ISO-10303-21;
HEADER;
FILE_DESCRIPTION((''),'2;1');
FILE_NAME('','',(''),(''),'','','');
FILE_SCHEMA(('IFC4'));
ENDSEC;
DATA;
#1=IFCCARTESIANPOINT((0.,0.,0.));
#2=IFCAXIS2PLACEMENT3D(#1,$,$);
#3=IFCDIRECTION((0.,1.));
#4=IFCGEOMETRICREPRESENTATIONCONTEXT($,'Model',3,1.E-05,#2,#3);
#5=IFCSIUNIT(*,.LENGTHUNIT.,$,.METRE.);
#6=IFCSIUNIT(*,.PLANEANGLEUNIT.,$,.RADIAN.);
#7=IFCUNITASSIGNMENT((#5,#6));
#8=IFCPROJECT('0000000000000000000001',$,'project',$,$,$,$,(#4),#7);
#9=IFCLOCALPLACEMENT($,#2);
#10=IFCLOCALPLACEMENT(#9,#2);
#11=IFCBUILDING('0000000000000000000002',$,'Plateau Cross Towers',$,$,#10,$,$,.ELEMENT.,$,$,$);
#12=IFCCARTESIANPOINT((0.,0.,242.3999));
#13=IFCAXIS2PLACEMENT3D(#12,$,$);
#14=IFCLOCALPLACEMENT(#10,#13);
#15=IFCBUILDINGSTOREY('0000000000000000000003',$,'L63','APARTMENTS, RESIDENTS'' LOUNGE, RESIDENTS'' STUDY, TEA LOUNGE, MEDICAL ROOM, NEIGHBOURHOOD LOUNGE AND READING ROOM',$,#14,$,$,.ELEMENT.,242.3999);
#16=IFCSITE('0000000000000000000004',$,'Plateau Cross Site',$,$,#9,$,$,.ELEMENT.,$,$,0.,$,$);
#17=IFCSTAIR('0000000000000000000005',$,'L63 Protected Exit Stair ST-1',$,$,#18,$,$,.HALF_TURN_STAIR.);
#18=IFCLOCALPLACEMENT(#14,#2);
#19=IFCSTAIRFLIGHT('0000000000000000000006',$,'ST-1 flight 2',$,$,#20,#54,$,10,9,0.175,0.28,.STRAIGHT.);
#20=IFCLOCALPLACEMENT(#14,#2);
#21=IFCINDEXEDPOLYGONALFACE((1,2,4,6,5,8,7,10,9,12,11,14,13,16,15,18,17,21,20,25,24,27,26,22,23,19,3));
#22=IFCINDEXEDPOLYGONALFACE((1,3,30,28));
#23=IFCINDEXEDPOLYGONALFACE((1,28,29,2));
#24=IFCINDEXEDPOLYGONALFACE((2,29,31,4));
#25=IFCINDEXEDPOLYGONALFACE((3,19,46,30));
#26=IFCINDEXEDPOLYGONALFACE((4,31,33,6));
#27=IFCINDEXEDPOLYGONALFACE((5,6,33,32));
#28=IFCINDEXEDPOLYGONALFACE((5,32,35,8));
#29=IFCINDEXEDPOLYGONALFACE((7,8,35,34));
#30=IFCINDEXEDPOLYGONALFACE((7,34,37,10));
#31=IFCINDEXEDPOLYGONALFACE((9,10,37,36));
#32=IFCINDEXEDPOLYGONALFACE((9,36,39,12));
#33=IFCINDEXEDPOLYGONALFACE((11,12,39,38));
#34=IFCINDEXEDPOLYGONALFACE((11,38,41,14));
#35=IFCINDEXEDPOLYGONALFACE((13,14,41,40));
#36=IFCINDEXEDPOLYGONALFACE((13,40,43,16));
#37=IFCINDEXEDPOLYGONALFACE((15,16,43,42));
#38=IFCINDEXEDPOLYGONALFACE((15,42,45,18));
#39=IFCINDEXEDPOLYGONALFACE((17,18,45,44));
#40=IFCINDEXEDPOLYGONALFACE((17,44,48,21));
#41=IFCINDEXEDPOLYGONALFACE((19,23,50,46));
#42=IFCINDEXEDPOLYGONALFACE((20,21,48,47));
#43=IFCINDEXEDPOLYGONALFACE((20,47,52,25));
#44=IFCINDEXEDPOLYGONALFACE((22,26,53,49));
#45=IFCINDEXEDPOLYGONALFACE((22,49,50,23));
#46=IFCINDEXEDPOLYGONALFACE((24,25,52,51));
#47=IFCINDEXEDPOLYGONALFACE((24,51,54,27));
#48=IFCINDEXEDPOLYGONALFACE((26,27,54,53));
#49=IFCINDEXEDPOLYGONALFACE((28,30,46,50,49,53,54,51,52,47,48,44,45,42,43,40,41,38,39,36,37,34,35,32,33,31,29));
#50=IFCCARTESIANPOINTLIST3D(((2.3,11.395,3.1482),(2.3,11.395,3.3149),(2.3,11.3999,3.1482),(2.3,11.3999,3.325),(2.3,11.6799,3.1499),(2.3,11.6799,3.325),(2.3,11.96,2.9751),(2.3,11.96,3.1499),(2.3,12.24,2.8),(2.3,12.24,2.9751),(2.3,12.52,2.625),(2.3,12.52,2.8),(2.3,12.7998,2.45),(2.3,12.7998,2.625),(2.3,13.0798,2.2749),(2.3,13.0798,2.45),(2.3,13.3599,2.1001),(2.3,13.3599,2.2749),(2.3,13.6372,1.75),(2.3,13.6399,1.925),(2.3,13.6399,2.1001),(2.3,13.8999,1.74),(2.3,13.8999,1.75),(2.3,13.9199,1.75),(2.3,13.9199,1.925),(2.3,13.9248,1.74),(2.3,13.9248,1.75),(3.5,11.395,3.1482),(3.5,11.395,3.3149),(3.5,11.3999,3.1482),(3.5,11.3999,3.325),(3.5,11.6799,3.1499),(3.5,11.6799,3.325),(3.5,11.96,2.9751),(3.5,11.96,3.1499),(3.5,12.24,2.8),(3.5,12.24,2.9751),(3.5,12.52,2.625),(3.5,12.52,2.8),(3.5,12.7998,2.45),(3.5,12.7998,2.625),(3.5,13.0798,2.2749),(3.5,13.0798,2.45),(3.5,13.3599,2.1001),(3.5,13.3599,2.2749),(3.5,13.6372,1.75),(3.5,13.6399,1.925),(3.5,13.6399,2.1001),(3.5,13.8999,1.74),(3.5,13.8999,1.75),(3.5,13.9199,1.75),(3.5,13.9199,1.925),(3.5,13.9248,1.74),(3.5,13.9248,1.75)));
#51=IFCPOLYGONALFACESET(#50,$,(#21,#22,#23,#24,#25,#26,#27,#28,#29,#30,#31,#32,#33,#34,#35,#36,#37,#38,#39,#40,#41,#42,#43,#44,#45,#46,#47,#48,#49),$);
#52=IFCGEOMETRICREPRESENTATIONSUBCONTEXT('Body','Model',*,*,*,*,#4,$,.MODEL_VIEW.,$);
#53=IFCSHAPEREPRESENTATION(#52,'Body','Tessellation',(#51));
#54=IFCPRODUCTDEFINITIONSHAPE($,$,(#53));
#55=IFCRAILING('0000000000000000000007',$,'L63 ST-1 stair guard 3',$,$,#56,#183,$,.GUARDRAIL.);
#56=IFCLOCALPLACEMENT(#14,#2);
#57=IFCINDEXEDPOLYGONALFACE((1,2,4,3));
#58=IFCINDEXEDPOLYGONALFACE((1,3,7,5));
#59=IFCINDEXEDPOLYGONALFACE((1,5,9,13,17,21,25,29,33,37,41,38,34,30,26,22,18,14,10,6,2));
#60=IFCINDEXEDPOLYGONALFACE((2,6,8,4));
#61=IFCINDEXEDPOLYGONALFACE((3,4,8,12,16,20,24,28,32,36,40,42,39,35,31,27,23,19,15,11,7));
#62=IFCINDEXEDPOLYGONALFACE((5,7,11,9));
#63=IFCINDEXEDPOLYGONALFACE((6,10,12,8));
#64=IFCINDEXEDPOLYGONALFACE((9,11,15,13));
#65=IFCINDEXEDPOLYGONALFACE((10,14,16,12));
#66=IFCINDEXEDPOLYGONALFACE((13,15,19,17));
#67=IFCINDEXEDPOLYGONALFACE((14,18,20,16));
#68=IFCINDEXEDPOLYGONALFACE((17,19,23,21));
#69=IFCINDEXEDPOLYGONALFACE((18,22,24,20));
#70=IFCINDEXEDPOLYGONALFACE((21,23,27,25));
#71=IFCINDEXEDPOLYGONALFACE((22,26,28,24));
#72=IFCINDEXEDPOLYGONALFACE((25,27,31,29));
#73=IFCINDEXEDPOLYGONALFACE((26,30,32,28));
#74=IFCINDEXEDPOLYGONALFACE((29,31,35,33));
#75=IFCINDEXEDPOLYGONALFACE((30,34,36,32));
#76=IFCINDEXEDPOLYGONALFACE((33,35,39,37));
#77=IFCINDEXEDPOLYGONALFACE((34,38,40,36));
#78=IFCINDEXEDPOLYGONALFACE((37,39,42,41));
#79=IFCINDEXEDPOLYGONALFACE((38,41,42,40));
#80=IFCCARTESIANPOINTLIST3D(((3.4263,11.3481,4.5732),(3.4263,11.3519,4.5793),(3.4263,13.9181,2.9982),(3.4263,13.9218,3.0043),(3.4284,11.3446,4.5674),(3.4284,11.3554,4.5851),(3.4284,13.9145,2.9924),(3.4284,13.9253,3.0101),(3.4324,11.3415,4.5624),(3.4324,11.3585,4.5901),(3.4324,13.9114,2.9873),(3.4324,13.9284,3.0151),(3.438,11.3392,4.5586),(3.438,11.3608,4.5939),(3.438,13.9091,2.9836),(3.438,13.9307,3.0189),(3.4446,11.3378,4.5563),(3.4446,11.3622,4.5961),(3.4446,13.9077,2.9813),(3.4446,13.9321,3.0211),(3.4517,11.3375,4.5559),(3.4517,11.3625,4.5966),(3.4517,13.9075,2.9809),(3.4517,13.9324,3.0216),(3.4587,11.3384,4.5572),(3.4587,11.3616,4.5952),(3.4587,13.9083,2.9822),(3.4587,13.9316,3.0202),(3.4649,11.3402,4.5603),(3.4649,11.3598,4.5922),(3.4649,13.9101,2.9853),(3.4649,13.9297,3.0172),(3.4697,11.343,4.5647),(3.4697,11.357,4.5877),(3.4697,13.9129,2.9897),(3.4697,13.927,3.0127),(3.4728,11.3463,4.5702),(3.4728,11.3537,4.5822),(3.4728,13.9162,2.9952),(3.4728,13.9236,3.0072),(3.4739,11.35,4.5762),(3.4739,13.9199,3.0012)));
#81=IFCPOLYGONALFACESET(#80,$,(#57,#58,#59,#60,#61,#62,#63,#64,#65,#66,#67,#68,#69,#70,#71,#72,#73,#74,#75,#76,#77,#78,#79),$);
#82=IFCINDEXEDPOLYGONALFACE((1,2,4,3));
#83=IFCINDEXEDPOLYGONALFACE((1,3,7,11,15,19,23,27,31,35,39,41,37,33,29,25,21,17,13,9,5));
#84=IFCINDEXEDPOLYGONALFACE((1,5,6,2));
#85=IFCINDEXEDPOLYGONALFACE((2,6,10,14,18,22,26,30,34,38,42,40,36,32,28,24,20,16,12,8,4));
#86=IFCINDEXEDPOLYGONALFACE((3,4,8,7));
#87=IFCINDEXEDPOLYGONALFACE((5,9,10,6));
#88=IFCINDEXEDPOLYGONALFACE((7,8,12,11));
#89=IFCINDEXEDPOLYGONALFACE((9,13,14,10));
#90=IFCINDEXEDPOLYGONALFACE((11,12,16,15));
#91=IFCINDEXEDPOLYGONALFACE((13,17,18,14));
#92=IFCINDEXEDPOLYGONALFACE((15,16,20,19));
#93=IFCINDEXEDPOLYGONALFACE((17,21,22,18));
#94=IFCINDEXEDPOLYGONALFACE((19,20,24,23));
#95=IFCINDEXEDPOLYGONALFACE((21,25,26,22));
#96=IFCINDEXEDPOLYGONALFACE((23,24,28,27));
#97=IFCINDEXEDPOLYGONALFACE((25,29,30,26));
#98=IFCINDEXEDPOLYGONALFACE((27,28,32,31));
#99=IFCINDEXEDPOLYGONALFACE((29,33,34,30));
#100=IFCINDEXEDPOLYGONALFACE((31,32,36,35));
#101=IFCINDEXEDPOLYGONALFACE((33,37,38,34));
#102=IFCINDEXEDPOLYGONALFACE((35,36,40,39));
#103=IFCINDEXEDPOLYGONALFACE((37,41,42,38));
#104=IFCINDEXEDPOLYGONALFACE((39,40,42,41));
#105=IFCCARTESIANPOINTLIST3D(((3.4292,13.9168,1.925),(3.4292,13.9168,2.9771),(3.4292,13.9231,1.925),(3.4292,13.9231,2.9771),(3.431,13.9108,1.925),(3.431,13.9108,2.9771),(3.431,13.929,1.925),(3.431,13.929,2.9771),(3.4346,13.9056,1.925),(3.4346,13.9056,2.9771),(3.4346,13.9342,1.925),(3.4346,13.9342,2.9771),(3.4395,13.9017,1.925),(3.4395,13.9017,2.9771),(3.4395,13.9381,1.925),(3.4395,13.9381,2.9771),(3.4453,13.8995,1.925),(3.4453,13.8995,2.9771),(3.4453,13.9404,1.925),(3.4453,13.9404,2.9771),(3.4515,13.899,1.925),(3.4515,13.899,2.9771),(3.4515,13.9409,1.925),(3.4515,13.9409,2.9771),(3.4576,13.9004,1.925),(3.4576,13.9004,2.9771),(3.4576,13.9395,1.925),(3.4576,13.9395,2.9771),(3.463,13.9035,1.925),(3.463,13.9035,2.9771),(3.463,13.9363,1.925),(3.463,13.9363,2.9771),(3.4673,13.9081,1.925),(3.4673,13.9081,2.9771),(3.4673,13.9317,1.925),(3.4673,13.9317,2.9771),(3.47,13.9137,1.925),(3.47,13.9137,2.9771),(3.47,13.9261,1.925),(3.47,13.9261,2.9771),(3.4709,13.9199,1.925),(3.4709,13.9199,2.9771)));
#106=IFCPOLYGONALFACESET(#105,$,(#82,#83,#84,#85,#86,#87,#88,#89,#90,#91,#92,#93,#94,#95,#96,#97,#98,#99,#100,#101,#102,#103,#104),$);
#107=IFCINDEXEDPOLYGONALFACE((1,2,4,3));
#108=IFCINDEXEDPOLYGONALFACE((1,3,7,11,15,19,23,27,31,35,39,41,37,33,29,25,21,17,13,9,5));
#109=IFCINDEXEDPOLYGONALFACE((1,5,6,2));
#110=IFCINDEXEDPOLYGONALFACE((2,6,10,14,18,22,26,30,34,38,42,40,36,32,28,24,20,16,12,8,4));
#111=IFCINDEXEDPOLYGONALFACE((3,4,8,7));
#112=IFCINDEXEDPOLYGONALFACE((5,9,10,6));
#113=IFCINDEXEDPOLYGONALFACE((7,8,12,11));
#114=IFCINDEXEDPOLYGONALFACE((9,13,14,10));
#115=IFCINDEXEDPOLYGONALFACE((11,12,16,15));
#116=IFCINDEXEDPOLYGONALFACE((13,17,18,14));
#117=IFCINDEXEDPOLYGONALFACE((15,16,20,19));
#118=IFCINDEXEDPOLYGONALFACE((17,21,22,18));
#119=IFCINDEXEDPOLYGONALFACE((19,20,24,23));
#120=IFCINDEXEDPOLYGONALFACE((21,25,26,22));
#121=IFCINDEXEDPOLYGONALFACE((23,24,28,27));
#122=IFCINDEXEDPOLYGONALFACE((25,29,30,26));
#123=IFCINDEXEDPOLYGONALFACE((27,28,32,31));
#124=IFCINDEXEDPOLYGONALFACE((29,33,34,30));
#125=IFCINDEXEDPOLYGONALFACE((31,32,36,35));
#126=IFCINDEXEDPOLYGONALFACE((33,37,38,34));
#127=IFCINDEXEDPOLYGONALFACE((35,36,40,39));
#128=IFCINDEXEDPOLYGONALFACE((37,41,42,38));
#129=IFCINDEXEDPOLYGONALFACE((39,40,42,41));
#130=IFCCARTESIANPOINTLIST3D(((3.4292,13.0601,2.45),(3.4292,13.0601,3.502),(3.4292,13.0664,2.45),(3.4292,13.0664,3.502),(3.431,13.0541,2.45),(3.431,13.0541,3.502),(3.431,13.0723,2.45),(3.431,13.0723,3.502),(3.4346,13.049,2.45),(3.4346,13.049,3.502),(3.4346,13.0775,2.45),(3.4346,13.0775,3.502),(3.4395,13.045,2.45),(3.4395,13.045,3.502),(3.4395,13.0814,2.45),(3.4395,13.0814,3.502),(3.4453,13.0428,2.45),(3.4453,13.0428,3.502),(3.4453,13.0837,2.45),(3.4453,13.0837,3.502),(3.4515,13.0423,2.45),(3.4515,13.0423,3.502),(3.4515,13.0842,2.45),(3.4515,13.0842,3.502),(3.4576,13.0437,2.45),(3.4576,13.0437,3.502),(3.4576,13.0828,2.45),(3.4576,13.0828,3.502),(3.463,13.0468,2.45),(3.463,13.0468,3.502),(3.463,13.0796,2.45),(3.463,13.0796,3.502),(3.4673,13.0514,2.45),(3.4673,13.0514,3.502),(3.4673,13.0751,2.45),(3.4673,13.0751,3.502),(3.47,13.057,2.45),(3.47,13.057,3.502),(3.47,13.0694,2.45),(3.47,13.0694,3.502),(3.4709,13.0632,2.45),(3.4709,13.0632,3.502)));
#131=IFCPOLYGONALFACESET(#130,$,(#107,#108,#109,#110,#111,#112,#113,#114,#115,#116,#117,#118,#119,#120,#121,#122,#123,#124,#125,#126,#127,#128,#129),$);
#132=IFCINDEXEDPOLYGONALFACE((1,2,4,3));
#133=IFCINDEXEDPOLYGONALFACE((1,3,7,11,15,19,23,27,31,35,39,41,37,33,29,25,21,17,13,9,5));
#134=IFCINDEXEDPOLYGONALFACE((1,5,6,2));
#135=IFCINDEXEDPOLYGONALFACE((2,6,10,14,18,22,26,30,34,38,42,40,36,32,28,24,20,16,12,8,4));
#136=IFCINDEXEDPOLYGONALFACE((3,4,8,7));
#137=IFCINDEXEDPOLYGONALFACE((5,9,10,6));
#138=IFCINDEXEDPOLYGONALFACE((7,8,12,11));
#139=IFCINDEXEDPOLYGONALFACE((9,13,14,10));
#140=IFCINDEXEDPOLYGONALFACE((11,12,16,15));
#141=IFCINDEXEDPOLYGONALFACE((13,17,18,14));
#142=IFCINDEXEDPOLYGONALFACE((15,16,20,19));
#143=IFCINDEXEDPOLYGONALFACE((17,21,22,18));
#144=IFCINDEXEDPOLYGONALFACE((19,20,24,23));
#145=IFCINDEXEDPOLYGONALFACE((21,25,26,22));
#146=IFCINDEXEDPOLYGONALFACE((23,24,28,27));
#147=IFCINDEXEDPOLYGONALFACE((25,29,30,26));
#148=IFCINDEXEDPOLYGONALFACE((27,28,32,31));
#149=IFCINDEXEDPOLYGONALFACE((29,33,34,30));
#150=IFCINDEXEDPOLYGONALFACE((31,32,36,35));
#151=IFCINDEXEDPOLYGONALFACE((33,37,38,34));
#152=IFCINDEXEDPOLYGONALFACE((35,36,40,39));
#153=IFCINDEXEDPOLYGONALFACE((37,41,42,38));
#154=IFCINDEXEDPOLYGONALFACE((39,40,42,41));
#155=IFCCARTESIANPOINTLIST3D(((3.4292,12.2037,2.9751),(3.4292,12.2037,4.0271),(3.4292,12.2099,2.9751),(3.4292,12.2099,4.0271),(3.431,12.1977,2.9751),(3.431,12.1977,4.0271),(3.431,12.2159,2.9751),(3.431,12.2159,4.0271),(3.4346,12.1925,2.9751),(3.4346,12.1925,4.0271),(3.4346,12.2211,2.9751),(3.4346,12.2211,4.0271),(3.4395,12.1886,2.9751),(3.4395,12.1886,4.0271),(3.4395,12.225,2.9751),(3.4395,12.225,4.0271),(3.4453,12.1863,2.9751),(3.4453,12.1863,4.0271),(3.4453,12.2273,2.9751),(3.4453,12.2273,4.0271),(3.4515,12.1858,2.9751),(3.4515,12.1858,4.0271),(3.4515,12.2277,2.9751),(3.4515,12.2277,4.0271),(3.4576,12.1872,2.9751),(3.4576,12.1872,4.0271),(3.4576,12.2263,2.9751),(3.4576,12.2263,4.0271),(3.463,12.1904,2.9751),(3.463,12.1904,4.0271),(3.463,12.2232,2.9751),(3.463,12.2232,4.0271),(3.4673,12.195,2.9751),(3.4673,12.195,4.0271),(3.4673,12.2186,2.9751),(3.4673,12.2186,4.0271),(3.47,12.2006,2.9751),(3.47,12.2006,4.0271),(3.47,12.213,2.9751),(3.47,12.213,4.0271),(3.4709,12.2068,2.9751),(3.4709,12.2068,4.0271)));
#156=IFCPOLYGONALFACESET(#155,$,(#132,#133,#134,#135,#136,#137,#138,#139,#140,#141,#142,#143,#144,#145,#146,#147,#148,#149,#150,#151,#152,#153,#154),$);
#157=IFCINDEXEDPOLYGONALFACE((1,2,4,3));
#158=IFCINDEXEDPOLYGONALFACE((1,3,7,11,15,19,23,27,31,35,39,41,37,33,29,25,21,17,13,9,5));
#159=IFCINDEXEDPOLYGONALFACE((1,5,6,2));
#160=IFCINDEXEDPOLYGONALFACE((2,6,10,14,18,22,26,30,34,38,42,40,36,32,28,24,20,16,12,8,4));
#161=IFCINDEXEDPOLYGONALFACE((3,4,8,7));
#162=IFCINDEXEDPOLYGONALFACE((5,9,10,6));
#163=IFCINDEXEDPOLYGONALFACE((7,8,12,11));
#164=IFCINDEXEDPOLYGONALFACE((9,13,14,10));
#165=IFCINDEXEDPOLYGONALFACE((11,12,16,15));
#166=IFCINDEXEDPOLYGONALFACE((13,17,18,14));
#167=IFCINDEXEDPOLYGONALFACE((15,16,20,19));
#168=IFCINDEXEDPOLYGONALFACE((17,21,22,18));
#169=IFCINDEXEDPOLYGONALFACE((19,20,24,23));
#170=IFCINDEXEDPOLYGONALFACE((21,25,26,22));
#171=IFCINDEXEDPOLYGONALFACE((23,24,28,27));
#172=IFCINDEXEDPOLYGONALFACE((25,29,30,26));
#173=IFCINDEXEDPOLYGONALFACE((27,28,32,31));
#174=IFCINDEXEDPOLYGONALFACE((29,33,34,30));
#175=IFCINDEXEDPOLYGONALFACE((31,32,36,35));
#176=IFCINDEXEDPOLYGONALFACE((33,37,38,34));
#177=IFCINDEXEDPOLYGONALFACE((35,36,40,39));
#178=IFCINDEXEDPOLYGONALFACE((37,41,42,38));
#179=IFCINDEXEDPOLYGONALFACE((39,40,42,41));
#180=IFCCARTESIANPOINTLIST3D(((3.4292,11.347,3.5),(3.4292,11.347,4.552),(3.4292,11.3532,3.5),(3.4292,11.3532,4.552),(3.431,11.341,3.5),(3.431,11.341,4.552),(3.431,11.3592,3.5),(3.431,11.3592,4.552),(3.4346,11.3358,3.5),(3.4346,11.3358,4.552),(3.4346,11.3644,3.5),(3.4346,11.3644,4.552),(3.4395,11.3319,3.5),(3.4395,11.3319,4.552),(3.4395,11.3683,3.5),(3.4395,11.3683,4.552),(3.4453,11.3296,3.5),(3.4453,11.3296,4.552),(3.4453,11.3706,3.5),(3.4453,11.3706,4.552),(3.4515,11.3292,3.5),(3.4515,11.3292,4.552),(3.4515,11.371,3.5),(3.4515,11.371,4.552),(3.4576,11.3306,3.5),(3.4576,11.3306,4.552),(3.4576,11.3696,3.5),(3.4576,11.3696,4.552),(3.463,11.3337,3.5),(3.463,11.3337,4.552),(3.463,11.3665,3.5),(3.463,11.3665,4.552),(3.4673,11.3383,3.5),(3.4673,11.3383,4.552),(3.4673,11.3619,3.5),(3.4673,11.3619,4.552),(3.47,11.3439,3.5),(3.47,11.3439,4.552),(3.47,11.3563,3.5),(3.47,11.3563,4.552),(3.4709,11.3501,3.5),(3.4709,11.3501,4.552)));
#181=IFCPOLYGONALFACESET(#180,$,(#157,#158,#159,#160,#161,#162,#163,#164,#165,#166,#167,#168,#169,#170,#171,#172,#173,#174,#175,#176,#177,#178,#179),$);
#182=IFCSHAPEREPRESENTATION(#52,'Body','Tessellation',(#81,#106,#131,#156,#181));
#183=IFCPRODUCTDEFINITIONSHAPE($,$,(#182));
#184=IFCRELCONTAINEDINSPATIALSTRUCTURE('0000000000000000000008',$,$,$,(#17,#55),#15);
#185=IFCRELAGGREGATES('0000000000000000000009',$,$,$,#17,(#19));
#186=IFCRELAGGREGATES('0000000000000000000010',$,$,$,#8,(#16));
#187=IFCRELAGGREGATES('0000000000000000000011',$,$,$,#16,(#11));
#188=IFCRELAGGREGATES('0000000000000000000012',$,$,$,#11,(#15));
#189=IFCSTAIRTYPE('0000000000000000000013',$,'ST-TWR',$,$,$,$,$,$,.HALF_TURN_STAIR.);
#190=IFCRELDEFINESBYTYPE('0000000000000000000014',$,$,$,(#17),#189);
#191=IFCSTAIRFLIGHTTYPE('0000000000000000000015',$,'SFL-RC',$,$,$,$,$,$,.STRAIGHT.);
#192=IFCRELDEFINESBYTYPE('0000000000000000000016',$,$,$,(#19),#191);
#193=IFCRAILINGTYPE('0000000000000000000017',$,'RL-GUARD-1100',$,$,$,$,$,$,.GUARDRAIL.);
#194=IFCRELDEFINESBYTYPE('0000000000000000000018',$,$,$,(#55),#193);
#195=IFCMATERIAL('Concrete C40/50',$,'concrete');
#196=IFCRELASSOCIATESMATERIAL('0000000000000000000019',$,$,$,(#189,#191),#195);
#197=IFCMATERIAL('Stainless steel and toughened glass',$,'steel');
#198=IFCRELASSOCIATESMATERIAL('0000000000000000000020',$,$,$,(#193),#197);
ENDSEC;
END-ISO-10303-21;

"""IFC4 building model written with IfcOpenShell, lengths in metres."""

from ifc_helpers import new_model, si_unit, direction, frame, origin, origin_2d, place, context, subcontext, project, spatial, polyline, circle, outline, extrude, material, type_object, element, aggregate, save


model = new_model("IFC4")

# Units and contexts
model_context = context("Model", 3, precision=1e-05, world=origin(), true_north=direction((0.0, 1.0)))
body_context = subcontext(model_context, "Body", "Model", "MODEL_VIEW")
ifc_project = project(units=[si_unit("LENGTHUNIT", "METRE"), si_unit("PLANEANGLEUNIT", "RADIAN")], contexts=[model_context])

# Site, building, storey
site_placement = place(None, origin())
site = spatial("IfcSite", under=ifc_project, at=site_placement, Name="Plateau Cross Site", CompositionType="ELEMENT", RefElevation=0.0)
building_placement = place(site_placement, origin())
building = spatial("IfcBuilding", under=site, at=building_placement, Name="Plateau Cross Towers", CompositionType="ELEMENT")
storey_placement = place(building_placement, frame((0.0, 0.0, 242.3999)))
storey = spatial("IfcBuildingStorey", under=building, at=storey_placement, Name="L63", Description="APARTMENTS, RESIDENTS' LOUNGE, RESIDENTS' STUDY, TEA LOUNGE, MEDICAL ROOM, NEIGHBOURHOOD LOUNGE AND READING ROOM", CompositionType="ELEMENT", Elevation=242.3999)

# Stair, stair flight
ifc_material_1 = material(Name="Concrete C40/50", Category="concrete")
stair_type = type_object("IfcStairType", Name="ST-TWR", PredefinedType="HALF_TURN_STAIR", material=ifc_material_1)
stair_placement = place(storey_placement, origin())
stair = element("IfcStair", 1, at=stair_placement, inside=storey, type_object=stair_type, Name="L63 Protected Exit Stair ST-1", PredefinedType="HALF_TURN_STAIR")
stair_flight_type = type_object("IfcStairFlightType", Name="SFL-RC", PredefinedType="STRAIGHT", material=ifc_material_1)
stair_flight_placement = place(storey_placement, frame((2.8999, 13.9199, 1.75), z_axis=(0.0, 0.0, 1.0), x_axis=(0.0, -1.0, 0.0)))
stair_flight = element("IfcStairFlight", 2, at=stair_flight_placement, type_object=stair_flight_type, Name="ST-1 flight 2", NumberOfRisers=10, NumberOfTreads=9, PredefinedType="STRAIGHT", RiserHeight=0.175, TreadLength=0.28, context=body_context, shape_type="SweptSolid", body=[
    extrude(outline(polyline([(-0.0049, -0.01), (-0.0049, 0.0), (0.0, 0.0), (0.0, 0.175), (0.28, 0.175), (0.28, 0.3501), (0.5601, 0.3501), (0.5601, 0.5249), (0.8401, 0.5249), (0.8401, 0.7), (1.1201, 0.7), (1.1201, 0.875), (1.3999, 0.875), (1.3999, 1.05), (1.6799, 1.05), (1.6799, 1.2251), (1.96, 1.2251), (1.96, 1.3999), (2.24, 1.3999), (2.24, 1.575), (2.52, 1.575), (2.5249, 1.5649), (2.5249, 1.3982), (2.52, 1.3982), (0.2827, 0.0), (0.02, 0.0), (0.02, -0.01), (-0.0049, -0.01)])), frame((0.0, 0.6001, 0.0), z_axis=(0.0, -1.0, 0.0), x_axis=(1.0, 0.0, 0.0)), (0.0, 0.0, 1.0), 1.2),
])
aggregate(stair, [stair_flight])

# Railing
ifc_material_2 = material(Name="Stainless steel and toughened glass", Category="steel")
railing_type = type_object("IfcRailingType", Name="RL-GUARD-1100", PredefinedType="GUARDRAIL", material=ifc_material_2)
railing_placement = place(storey_placement, frame((3.45, 13.9199, 1.925)))
element("IfcRailing", 3, at=railing_placement, inside=storey, type_object=railing_type, Name="L63 ST-1 stair guard 3", PredefinedType="GUARDRAIL", context=body_context, shape_type="SweptSolid", body=[
    extrude(circle(Radius=0.0239, at=origin_2d()), frame((0.0, 0.0, 1.0762), z_axis=(0.0, -0.852616, 0.522537), x_axis=(1.0, 0.0, 0.0)), (0.0, 0.0, 1.0), 3.0142),
    extrude(circle(Radius=0.021, at=origin_2d()), origin(), (0.0, 0.0, 1.0), 1.052),
    extrude(circle(Radius=0.021, at=origin_2d()), frame((0.0, -0.8567, 0.5249)), (0.0, 0.0, 1.0), 1.052),
    extrude(circle(Radius=0.021, at=origin_2d()), frame((0.0, -1.7131, 1.05)), (0.0, 0.0, 1.0), 1.052),
    extrude(circle(Radius=0.021, at=origin_2d()), frame((0.0, -2.5698, 1.575)), (0.0, 0.0, 1.0), 1.052),
])

save(model, "model.ifc")
